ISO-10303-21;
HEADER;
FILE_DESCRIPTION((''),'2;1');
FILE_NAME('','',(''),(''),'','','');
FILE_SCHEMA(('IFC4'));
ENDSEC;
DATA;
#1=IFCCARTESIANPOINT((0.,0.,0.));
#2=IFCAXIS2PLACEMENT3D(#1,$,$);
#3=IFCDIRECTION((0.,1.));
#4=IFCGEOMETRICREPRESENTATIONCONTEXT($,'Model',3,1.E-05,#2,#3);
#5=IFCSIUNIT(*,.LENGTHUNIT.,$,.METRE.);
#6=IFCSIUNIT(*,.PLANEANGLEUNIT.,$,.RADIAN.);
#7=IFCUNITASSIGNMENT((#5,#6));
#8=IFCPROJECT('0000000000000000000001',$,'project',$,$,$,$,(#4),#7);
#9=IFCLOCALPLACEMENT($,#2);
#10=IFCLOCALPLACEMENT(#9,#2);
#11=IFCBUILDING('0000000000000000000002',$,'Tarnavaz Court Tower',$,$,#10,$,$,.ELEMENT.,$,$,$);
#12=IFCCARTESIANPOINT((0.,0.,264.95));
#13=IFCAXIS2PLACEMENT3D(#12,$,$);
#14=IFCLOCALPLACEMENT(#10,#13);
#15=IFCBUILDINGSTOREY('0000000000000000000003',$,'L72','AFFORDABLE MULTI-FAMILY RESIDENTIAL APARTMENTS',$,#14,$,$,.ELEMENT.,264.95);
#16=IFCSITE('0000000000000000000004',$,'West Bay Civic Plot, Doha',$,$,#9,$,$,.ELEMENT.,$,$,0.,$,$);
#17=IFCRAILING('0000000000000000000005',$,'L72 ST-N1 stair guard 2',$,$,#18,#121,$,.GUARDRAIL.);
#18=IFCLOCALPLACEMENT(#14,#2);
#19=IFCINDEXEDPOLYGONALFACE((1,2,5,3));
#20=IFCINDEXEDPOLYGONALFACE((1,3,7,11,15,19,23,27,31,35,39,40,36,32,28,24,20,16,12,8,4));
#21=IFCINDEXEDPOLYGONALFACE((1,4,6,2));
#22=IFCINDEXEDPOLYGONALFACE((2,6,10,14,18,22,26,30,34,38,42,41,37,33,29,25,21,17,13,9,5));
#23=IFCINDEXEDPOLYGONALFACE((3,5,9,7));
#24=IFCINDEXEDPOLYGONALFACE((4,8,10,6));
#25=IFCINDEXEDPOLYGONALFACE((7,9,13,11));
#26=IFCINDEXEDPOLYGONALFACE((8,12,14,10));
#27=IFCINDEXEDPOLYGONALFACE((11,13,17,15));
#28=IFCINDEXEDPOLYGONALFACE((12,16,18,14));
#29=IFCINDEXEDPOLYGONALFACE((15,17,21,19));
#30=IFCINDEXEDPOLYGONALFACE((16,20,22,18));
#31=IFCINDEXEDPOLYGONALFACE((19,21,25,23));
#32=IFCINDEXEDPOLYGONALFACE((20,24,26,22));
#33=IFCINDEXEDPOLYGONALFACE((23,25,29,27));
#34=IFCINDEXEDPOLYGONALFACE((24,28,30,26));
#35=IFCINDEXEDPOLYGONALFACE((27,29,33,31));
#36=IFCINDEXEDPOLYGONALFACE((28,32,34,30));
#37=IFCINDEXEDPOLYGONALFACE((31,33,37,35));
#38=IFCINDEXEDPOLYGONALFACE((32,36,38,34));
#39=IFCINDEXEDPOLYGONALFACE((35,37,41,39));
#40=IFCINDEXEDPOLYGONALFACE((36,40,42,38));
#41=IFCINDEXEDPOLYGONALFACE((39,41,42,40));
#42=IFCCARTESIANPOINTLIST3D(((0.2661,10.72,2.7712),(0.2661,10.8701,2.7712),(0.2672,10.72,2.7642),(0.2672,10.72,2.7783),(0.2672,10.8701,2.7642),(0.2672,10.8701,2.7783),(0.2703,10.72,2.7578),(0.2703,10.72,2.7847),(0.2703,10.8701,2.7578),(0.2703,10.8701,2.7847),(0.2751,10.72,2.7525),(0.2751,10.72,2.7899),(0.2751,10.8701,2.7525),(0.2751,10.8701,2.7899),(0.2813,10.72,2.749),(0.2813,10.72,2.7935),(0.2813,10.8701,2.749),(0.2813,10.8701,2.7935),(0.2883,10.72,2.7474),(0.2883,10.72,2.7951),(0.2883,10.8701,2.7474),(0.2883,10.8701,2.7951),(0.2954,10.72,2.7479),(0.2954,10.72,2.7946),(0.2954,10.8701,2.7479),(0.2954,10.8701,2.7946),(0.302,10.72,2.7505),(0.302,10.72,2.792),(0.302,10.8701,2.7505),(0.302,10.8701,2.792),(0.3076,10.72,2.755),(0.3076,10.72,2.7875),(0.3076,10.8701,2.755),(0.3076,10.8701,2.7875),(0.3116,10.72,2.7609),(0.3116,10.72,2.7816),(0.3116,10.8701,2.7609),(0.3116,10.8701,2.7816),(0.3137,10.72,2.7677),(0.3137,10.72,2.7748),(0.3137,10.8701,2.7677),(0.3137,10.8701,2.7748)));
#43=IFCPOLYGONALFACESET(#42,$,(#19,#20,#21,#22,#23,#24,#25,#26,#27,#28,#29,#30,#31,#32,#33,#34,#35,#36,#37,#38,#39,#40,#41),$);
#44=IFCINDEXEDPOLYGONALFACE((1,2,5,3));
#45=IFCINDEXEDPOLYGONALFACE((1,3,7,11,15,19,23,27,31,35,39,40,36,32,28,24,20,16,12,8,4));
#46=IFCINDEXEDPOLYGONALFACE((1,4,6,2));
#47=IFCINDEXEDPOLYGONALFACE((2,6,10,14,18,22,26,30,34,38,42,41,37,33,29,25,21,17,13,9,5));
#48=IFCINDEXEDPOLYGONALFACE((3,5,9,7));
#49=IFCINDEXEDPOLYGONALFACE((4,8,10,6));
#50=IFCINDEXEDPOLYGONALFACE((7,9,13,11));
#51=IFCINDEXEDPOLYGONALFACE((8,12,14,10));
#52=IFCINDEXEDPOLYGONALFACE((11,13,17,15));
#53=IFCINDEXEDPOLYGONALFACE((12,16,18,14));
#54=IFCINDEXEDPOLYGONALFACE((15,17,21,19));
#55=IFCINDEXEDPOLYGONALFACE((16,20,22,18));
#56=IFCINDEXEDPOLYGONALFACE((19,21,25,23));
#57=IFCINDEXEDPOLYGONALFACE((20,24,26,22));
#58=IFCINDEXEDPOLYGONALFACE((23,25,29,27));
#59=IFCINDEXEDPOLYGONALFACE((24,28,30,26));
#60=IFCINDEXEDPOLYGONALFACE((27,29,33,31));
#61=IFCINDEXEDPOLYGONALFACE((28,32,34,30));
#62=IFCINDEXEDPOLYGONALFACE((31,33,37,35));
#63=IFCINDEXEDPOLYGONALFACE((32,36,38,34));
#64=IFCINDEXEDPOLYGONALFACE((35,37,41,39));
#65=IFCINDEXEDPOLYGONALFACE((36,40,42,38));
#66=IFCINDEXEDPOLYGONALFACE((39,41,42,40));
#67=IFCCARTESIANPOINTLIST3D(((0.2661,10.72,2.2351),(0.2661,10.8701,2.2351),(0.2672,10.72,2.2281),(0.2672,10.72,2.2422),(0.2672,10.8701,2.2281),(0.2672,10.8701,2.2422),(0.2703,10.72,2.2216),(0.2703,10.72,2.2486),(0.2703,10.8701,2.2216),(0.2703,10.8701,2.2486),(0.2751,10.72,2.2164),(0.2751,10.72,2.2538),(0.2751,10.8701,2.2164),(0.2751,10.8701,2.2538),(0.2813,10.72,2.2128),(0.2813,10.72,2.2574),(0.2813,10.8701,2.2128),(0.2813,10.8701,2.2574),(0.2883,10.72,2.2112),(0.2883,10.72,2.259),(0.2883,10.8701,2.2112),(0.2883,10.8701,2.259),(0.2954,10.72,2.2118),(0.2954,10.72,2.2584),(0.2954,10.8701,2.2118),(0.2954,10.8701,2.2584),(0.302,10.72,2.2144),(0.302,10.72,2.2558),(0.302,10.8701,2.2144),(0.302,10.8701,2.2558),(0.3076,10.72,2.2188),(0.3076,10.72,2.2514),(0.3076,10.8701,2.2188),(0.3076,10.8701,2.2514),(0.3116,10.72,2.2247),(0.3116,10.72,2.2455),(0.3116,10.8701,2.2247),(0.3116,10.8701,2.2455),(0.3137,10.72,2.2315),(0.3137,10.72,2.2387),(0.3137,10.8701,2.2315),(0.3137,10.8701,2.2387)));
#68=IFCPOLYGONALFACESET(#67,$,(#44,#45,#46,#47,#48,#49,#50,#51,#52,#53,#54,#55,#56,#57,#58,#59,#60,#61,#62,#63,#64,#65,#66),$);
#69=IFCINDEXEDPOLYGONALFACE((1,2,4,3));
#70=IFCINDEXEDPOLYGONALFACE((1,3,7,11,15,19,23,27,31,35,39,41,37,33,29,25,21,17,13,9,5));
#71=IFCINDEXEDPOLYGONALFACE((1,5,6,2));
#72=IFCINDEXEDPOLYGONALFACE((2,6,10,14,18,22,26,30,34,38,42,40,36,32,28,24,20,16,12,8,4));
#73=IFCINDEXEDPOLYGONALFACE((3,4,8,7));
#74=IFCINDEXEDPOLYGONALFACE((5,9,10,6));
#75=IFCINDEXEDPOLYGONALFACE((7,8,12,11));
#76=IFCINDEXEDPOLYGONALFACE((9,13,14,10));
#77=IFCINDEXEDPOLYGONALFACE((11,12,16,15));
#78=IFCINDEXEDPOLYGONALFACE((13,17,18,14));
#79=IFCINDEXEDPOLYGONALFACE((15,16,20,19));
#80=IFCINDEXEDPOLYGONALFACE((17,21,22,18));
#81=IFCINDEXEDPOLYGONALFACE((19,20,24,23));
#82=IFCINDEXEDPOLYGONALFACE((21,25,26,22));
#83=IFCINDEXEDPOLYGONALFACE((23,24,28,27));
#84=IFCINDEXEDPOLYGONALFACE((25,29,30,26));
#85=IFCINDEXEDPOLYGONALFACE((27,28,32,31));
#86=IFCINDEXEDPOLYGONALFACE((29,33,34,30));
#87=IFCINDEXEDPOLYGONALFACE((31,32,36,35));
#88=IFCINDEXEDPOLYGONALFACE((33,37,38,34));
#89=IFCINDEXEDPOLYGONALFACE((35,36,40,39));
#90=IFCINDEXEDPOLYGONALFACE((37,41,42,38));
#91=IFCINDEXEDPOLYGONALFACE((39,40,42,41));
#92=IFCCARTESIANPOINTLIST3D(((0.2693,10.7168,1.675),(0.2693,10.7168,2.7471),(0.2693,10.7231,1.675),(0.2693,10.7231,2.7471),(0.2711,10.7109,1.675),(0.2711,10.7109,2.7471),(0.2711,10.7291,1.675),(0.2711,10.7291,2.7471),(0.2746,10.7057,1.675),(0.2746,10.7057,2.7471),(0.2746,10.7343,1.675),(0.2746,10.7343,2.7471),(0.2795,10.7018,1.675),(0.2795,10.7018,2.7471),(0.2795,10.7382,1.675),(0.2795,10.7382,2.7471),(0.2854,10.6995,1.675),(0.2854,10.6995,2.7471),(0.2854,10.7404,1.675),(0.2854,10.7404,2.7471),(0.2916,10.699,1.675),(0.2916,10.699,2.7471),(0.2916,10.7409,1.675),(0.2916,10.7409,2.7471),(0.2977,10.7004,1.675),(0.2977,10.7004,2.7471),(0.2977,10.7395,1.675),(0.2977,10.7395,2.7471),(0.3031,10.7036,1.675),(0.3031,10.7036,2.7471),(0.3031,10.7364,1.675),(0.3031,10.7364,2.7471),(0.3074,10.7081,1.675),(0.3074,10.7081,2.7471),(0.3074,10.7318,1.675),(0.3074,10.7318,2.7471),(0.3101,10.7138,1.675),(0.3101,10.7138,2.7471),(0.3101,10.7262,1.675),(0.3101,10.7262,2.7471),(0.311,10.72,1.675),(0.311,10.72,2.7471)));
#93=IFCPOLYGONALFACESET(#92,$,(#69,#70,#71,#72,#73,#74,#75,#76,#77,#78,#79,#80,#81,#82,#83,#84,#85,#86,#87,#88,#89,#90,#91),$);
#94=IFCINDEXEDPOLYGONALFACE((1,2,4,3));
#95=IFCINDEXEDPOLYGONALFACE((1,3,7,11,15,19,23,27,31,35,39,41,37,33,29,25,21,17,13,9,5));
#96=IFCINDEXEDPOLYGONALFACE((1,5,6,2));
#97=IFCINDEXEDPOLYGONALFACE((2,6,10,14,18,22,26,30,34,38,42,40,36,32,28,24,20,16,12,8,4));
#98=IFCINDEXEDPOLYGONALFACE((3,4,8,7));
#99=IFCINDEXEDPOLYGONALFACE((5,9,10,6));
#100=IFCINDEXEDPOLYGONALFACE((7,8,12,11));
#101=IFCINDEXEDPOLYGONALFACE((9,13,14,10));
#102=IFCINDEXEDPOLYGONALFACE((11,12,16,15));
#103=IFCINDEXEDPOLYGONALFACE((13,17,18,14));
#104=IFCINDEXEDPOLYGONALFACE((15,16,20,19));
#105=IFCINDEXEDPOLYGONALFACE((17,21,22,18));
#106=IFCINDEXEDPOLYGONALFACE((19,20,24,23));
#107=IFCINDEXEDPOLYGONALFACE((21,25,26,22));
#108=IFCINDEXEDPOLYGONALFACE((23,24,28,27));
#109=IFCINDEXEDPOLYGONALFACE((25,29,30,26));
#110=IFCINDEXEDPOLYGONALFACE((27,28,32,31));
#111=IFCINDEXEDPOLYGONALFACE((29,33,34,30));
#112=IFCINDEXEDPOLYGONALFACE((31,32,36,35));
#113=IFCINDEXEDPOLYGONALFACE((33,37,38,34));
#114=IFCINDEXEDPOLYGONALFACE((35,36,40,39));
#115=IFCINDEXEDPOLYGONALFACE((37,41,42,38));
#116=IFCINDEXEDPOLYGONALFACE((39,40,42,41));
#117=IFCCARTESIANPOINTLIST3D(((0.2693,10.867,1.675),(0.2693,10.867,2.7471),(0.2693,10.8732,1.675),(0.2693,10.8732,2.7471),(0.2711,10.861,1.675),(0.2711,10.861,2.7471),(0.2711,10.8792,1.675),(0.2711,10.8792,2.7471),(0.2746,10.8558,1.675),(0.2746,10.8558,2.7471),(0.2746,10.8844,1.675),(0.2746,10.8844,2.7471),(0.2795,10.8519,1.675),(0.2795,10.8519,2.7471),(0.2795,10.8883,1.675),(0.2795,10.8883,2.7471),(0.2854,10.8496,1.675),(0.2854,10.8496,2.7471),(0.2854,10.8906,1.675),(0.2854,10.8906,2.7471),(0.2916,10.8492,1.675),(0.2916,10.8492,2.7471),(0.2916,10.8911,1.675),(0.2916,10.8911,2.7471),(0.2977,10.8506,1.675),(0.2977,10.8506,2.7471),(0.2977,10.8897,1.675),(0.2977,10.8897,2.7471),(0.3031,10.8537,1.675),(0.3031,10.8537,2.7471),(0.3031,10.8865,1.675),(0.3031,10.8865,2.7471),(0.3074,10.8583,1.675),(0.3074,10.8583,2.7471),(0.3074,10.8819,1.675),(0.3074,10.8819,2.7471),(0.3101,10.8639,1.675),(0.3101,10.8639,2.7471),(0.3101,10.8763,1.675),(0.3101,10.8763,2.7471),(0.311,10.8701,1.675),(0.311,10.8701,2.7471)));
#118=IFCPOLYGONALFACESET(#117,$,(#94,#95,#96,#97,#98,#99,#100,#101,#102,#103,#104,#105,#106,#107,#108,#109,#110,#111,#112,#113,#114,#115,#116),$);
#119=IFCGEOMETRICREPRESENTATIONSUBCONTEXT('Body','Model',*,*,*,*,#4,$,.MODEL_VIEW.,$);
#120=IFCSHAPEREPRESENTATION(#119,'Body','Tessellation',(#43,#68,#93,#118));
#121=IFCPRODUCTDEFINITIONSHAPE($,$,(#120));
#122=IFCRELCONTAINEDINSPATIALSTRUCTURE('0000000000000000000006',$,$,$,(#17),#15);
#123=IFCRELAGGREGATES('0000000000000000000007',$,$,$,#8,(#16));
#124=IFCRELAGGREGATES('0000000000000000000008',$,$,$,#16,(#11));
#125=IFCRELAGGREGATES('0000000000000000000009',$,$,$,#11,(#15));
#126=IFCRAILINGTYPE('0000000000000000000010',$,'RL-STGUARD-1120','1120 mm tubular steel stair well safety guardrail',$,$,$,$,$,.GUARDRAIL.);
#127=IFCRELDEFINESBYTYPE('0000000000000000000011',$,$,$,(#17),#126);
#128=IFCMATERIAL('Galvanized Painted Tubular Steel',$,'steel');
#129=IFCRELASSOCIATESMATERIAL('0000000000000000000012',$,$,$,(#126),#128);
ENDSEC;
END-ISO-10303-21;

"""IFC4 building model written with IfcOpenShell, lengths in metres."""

from ifc_helpers import new_model, si_unit, direction, frame, origin, origin_2d, place, context, subcontext, project, spatial, circle, extrude, material, type_object, element, save


model = new_model("IFC4")

# Units and contexts
model_context = context("Model", 3, precision=1e-05, world=origin(), true_north=direction((0.0, 1.0)))
body_context = subcontext(model_context, "Body", "Model", "MODEL_VIEW")
ifc_project = project(units=[si_unit("LENGTHUNIT", "METRE"), si_unit("PLANEANGLEUNIT", "RADIAN")], contexts=[model_context])

# Site, building, storey
site_placement = place(None, origin())
site = spatial("IfcSite", under=ifc_project, at=site_placement, Name="West Bay Civic Plot, Doha", CompositionType="ELEMENT", RefElevation=0.0)
building_placement = place(site_placement, origin())
building = spatial("IfcBuilding", under=site, at=building_placement, Name="Tarnavaz Court Tower", CompositionType="ELEMENT")
storey_placement = place(building_placement, frame((0.0, 0.0, 264.95)))
storey = spatial("IfcBuildingStorey", under=building, at=storey_placement, Name="L72", Description="AFFORDABLE MULTI-FAMILY RESIDENTIAL APARTMENTS", CompositionType="ELEMENT", Elevation=264.95)

# Railing
ifc_material_1 = material(Name="Galvanized Painted Tubular Steel", Category="steel")
railing_type_1 = type_object("IfcRailingType", Name="RL-STGUARD-1120", Description="1120 mm tubular steel stair well safety guardrail", PredefinedType="GUARDRAIL", material=ifc_material_1)
railing_1_placement = place(storey_placement, frame((0.29, 10.72, 1.675)))
element("IfcRailing", 1, at=railing_1_placement, inside=storey, type_object=railing_type_1, Name="L72 ST-N1 stair guard 2", PredefinedType="GUARDRAIL", context=body_context, shape_type="SweptSolid", body=[
    extrude(circle(Radius=0.0239, at=origin_2d()), frame((0.0, 0.0, 1.0962), z_axis=(0.0, 1.0, 0.0), x_axis=(-1.0, 0.0, 0.0)), (0.0, 0.0, 1.0), 0.1501),
    extrude(circle(Radius=0.0239, at=origin_2d()), frame((0.0, 0.0, 0.5601), z_axis=(0.0, 1.0, 0.0), x_axis=(-1.0, 0.0, 0.0)), (0.0, 0.0, 1.0), 0.1501),
    extrude(circle(Radius=0.021, at=origin_2d()), origin(), (0.0, 0.0, 1.0), 1.072),
    extrude(circle(Radius=0.021, at=origin_2d()), frame((0.0, 0.1501, 0.0)), (0.0, 0.0, 1.0), 1.072),
])

save(model, "model.ifc")
